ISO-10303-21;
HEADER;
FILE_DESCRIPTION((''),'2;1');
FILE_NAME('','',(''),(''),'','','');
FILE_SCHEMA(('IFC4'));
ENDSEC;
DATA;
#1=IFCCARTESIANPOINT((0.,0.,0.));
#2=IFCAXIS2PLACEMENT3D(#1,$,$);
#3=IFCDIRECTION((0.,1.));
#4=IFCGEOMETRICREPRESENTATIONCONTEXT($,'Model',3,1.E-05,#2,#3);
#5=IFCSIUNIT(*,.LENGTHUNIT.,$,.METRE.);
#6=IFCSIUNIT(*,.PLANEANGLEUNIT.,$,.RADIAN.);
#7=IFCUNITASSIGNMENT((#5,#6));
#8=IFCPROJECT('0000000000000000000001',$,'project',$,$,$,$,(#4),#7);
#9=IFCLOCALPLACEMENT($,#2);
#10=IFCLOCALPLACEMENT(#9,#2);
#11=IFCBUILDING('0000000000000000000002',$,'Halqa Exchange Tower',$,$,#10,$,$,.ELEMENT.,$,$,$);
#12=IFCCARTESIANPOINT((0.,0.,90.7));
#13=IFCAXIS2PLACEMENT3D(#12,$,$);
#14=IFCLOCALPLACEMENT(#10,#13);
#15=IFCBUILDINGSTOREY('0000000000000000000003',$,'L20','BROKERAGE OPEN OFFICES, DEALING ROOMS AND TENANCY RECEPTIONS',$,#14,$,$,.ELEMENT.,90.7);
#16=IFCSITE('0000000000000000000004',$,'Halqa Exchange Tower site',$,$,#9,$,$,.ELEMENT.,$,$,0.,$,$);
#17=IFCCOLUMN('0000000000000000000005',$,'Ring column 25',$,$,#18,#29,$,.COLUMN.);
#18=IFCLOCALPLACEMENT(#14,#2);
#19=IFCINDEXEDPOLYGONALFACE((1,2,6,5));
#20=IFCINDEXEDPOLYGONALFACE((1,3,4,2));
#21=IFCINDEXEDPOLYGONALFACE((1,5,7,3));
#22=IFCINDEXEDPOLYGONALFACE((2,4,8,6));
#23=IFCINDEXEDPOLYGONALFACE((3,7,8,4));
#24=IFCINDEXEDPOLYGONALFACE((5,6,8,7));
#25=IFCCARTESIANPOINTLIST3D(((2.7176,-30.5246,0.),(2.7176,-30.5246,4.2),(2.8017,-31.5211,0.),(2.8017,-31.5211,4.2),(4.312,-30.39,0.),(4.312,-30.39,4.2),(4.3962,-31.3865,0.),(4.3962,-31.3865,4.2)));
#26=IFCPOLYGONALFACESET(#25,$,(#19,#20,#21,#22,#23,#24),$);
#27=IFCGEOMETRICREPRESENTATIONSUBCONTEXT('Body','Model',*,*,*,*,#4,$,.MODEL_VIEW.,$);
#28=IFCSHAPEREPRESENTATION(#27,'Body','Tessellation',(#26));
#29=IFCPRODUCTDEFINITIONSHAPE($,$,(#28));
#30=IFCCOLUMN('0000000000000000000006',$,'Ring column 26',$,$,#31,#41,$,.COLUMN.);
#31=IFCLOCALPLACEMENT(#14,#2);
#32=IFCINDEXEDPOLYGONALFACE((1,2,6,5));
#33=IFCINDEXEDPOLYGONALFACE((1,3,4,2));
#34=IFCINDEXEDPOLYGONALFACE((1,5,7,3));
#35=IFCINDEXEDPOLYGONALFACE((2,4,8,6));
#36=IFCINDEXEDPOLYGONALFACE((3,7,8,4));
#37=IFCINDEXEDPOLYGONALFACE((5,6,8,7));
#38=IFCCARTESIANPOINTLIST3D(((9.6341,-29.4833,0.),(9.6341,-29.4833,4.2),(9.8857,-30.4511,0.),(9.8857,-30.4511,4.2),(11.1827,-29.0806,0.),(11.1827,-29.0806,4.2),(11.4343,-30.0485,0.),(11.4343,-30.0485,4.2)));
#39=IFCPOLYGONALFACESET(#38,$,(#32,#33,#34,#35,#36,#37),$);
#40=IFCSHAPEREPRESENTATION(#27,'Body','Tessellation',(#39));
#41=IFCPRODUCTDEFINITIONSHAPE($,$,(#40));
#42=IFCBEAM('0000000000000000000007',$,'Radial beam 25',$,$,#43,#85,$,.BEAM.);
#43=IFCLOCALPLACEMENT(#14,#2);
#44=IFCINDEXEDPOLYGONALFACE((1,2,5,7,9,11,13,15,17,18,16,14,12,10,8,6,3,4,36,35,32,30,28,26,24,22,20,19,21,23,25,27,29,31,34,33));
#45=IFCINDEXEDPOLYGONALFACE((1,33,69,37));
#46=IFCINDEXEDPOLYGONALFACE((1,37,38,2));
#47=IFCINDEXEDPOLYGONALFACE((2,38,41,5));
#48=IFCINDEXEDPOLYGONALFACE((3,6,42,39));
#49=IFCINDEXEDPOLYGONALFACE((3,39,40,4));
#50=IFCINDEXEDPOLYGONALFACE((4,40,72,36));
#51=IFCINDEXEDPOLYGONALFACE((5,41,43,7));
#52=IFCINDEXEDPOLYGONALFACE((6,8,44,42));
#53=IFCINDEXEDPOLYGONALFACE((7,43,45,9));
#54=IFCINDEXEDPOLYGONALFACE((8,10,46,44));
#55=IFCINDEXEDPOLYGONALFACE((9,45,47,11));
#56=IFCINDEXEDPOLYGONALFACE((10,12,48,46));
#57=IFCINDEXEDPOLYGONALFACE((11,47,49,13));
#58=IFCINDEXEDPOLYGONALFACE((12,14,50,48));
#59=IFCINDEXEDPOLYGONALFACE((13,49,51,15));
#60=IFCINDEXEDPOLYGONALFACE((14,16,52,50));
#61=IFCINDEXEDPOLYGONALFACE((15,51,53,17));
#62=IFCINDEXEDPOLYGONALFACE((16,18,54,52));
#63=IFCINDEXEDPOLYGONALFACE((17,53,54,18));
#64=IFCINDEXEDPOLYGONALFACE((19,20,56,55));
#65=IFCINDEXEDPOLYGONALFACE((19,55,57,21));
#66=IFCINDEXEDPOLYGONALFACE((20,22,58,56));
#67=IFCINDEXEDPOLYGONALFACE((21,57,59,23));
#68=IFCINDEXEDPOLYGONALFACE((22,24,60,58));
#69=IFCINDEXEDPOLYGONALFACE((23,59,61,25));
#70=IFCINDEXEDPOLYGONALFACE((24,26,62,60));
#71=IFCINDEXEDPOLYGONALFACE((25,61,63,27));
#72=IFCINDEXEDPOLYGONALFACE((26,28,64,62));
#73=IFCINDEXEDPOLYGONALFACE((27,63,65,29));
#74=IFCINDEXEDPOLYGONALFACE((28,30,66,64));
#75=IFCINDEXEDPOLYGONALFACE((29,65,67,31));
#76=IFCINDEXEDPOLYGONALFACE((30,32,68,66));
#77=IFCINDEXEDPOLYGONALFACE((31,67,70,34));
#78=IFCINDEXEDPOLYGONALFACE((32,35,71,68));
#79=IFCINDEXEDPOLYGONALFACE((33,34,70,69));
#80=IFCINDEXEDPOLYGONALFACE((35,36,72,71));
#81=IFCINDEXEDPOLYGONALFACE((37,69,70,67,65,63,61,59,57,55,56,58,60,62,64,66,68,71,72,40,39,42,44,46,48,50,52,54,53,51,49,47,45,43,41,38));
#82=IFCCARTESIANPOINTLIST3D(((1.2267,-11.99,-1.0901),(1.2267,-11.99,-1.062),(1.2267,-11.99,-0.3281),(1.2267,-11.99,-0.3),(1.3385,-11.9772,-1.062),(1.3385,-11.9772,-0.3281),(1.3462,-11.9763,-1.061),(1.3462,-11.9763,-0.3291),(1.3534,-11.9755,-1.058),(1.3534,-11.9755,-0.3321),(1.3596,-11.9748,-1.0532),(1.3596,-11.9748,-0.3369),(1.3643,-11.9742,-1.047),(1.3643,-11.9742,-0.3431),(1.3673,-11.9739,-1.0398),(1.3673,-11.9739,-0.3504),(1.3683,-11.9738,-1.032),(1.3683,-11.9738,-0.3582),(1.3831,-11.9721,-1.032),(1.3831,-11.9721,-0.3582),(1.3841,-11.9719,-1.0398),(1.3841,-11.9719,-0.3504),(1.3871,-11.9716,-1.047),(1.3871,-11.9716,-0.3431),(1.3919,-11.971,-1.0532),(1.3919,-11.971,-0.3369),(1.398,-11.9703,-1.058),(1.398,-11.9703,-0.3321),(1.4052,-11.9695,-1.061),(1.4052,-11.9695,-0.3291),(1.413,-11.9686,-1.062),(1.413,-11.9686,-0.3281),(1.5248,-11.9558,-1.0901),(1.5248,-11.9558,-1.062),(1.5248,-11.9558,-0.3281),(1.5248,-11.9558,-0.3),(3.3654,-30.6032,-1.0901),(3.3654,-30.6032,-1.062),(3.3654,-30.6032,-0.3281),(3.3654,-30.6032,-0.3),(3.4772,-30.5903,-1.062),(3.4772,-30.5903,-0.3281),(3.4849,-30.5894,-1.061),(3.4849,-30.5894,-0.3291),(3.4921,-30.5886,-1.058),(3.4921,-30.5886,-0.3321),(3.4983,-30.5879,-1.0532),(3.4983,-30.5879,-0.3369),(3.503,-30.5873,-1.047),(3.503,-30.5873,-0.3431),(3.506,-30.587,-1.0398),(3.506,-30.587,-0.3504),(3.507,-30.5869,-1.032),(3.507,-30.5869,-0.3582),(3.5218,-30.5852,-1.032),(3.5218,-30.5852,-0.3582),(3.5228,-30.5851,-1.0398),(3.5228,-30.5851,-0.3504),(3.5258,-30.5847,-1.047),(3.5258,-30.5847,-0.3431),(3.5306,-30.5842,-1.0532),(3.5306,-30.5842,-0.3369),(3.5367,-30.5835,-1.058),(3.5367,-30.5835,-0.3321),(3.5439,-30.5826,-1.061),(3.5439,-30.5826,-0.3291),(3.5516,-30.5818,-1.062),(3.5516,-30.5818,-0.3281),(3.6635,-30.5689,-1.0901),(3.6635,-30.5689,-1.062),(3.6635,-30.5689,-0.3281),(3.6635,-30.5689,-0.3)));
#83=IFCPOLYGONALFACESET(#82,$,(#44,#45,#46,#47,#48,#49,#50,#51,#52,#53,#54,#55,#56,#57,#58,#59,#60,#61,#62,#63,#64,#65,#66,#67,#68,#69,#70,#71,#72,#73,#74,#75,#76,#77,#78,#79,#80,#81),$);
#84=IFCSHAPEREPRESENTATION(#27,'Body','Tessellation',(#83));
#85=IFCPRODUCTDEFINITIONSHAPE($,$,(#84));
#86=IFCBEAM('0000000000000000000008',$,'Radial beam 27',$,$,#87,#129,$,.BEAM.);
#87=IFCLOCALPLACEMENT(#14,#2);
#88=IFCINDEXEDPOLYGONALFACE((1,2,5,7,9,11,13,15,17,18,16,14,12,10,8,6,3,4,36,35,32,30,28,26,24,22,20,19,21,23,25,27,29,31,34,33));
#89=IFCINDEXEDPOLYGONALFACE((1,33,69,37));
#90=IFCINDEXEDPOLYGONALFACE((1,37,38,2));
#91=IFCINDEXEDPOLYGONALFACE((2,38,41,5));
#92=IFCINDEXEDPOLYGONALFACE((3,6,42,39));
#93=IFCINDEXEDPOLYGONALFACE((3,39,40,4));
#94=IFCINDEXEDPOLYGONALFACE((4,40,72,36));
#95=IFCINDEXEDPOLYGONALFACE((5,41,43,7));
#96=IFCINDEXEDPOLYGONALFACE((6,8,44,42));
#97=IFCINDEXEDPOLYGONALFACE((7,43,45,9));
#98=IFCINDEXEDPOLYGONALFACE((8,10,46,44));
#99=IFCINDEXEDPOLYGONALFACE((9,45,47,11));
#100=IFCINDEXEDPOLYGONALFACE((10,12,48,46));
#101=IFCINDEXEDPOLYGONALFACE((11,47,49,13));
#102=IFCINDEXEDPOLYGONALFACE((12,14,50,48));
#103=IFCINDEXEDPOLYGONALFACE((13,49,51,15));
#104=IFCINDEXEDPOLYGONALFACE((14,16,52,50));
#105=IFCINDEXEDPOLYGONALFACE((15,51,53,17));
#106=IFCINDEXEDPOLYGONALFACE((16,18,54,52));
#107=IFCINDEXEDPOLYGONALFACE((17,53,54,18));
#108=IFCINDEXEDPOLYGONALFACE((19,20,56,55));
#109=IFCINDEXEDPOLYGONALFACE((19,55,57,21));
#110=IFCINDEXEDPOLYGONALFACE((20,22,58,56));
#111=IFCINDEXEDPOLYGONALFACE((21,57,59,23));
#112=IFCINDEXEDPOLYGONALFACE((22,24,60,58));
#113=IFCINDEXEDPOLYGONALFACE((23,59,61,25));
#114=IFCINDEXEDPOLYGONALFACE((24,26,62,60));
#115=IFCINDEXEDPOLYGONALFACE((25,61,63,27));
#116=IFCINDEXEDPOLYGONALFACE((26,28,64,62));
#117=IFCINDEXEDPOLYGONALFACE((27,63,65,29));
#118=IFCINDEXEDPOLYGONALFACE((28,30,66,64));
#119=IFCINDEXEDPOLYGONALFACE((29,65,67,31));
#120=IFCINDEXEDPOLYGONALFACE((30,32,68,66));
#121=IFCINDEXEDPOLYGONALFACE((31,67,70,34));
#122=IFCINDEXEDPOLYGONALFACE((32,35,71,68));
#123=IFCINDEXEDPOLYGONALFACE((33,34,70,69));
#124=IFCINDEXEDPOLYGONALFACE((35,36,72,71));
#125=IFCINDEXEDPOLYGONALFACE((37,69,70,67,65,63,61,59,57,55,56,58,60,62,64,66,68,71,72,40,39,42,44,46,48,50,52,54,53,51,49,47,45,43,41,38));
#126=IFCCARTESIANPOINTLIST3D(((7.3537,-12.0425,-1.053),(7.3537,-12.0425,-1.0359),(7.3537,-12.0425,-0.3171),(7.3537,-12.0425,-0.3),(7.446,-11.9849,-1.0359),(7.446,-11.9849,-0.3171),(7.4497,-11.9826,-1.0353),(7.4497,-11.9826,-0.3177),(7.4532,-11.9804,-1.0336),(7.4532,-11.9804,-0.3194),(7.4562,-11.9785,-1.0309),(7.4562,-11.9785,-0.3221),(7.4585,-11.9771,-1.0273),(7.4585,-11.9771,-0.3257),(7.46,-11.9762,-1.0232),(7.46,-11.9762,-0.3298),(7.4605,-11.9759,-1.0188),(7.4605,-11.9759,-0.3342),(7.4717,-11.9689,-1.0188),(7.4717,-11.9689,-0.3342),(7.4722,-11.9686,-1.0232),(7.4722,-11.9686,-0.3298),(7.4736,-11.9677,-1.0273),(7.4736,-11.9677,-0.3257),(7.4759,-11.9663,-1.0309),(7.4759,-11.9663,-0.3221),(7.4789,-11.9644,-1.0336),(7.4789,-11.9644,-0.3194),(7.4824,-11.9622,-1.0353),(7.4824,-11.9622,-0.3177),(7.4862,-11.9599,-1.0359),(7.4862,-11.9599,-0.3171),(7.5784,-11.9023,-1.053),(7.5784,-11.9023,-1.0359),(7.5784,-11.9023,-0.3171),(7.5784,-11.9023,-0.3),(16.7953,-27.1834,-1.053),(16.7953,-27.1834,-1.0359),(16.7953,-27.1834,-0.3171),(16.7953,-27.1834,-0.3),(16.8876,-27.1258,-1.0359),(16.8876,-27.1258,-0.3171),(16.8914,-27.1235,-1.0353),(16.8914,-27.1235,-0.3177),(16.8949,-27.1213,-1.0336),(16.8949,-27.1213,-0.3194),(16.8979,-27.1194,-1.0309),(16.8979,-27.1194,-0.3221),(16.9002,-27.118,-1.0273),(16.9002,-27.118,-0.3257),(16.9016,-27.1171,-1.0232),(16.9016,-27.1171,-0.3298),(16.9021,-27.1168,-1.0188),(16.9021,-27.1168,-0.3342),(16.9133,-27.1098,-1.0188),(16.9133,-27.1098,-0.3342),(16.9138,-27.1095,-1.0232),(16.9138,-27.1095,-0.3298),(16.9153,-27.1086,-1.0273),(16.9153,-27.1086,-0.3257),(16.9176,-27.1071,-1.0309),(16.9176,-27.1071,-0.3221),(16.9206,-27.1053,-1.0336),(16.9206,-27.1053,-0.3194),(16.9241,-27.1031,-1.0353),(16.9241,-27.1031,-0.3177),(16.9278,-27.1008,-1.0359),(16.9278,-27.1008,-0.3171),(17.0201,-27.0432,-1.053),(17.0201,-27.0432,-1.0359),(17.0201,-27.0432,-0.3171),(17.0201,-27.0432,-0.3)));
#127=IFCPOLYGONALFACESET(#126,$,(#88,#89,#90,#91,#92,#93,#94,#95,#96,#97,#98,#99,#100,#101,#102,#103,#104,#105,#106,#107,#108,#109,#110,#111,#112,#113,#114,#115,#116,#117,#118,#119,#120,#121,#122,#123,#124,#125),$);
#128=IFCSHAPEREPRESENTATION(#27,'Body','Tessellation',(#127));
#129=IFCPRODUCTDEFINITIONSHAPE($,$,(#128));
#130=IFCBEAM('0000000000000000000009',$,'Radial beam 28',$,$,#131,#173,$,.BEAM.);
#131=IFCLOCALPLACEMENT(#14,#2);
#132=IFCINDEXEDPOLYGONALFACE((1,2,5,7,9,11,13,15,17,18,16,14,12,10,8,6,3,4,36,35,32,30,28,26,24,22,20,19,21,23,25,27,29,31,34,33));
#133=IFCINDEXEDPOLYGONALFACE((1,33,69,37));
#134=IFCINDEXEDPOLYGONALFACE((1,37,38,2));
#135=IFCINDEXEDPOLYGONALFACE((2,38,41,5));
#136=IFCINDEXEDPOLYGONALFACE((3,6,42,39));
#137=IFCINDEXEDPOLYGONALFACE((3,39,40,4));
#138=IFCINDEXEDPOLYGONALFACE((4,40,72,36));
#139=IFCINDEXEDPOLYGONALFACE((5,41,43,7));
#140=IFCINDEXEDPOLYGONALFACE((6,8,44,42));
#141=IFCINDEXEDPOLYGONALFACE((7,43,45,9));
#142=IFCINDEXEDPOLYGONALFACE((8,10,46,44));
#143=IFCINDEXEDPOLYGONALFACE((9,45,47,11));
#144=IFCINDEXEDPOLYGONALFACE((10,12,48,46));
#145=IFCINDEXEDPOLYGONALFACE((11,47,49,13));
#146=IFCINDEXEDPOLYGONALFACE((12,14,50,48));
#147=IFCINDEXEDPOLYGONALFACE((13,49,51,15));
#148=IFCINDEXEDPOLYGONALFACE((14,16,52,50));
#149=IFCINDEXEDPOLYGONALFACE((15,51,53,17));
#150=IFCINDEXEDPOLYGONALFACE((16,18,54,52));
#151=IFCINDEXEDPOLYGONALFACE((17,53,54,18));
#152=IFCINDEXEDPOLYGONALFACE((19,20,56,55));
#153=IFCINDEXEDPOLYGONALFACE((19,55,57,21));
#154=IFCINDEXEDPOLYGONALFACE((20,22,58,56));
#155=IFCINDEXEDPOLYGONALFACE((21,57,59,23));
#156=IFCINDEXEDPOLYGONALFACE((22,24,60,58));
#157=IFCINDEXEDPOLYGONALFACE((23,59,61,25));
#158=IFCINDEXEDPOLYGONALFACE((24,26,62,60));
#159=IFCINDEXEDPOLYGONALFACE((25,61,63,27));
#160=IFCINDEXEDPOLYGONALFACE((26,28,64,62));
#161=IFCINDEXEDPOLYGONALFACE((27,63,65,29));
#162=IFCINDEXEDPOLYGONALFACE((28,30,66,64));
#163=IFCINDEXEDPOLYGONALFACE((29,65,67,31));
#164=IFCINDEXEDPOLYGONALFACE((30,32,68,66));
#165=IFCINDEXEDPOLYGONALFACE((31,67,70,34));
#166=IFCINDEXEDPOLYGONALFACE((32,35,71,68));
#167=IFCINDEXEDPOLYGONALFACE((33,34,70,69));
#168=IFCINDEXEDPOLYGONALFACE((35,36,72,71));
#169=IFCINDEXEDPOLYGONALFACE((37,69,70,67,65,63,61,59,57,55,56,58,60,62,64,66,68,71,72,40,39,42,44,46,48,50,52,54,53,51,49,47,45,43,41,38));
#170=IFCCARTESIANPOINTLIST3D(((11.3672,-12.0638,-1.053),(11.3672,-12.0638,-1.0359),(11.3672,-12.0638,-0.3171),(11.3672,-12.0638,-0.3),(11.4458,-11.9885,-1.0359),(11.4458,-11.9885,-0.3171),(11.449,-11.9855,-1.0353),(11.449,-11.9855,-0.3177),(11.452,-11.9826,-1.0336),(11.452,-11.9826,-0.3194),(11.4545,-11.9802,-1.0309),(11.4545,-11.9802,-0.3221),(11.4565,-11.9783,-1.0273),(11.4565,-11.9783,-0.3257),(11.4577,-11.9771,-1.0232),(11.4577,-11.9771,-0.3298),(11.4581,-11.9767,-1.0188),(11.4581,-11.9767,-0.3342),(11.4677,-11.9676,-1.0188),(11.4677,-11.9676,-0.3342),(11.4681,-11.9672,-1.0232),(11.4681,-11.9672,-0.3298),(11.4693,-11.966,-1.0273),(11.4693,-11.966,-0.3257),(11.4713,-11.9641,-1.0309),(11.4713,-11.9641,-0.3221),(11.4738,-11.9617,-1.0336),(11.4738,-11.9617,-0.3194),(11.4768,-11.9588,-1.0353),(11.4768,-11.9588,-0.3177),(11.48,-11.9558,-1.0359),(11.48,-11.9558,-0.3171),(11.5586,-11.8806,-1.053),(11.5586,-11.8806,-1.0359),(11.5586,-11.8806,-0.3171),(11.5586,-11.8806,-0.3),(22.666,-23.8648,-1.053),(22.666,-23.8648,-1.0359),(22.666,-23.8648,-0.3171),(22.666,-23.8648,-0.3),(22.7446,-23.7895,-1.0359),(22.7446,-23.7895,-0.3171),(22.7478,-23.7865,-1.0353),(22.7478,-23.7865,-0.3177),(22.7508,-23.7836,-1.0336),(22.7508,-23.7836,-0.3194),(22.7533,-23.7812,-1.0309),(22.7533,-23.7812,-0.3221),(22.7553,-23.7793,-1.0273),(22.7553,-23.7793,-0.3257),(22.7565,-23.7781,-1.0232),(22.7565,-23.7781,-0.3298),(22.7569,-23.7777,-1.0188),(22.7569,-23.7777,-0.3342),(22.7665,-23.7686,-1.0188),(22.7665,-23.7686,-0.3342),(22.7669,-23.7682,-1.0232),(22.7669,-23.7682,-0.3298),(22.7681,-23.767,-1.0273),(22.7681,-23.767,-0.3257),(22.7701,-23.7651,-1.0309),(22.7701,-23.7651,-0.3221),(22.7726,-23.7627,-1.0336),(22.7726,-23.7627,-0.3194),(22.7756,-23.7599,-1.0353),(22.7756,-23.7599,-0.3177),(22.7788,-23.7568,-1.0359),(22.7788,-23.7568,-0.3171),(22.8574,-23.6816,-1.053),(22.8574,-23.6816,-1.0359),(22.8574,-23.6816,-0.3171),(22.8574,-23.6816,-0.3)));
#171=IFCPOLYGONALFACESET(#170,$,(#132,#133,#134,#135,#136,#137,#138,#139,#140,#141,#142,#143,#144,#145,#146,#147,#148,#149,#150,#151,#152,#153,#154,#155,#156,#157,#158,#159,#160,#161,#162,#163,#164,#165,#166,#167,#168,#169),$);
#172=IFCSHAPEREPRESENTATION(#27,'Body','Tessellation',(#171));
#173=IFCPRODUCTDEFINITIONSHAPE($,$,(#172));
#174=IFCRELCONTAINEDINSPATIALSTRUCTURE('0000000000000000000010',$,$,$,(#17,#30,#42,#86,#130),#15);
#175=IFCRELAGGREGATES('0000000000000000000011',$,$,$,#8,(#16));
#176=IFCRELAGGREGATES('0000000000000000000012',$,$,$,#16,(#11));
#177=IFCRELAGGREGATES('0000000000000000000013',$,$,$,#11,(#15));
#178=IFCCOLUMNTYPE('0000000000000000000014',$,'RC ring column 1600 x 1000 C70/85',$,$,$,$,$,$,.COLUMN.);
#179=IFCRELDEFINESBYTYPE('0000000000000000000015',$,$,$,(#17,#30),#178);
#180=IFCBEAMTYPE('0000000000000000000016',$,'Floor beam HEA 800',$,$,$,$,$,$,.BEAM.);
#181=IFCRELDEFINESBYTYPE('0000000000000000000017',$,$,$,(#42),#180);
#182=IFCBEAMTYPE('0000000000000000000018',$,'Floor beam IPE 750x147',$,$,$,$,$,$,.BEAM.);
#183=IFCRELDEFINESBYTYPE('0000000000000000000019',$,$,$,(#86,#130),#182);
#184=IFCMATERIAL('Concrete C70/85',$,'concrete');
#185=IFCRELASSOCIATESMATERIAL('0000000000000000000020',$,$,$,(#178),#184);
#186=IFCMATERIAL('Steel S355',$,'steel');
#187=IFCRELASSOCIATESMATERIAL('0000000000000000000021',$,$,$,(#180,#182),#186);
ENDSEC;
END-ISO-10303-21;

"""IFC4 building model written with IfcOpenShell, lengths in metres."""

from ifc_helpers import new_model, si_unit, direction, frame, origin, origin_2d, place, context, subcontext, project, spatial, rectangle, i_section, extrude, material, material_profile, profile_set, type_object, element, save


model = new_model("IFC4")

# Units and contexts
model_context = context("Model", 3, precision=1e-05, world=origin(), true_north=direction((0.0, 1.0)))
body_context = subcontext(model_context, "Body", "Model", "MODEL_VIEW")
ifc_project = project(units=[si_unit("LENGTHUNIT", "METRE"), si_unit("PLANEANGLEUNIT", "RADIAN")], contexts=[model_context])

# Site, building, storey
site_placement = place(None, origin())
site = spatial("IfcSite", under=ifc_project, at=site_placement, Name="Halqa Exchange Tower site", CompositionType="ELEMENT", RefElevation=0.0)
building_placement = place(site_placement, origin())
building = spatial("IfcBuilding", under=site, at=building_placement, Name="Halqa Exchange Tower", CompositionType="ELEMENT")
storey_placement = place(building_placement, frame((0.0, 0.0, 90.7)))
storey = spatial("IfcBuildingStorey", under=building, at=storey_placement, Name="L20", Description="BROKERAGE OPEN OFFICES, DEALING ROOMS AND TENANCY RECEPTIONS", CompositionType="ELEMENT", Elevation=90.7)

# Columns
ifc_material_1 = material(Name="Concrete C70/85", Category="concrete")
ifc_material_profile_1 = material_profile(ifc_material_1, rectangle(XDim=1.6001, YDim=1.0, at=origin_2d()), Name="1600 x 1000")
ifc_profile_set_1 = profile_set([ifc_material_profile_1], Name="Concrete C70/85")
column_type = type_object("IfcColumnType", Name="RC ring column 1600 x 1000 C70/85", PredefinedType="COLUMN", material=ifc_profile_set_1)
for number, where, z_axis, x_axis, name in (
    (1, (3.5569, -30.9556, 0.0), (0.0, 0.0, 1.0), (0.996456, 0.084121, 0.0), "Ring column 25"),
    (2, (10.5342, -29.7659, 0.0), (0.0, 0.0, 1.0), (0.96782, 0.251644, 0.0), "Ring column 26"),
):
    element("IfcColumn", number, at=place(storey_placement, frame(where, z_axis=z_axis, x_axis=x_axis)), inside=storey, type_object=column_type, Name=name, PredefinedType="COLUMN", context=body_context, shape_type="SweptSolid", body=[
        extrude(rectangle(XDim=1.6001, YDim=1.0, at=origin_2d()), origin(), (0.0, 0.0, 1.0), 4.2),
    ])

# Beams
ifc_material_2 = material(Name="Steel S355", Category="steel")
ifc_material_profile_2 = material_profile(ifc_material_2, i_section(OverallWidth=0.3, OverallDepth=0.79, WebThickness=0.0149, FlangeThickness=0.0281, FilletRadius=0.03, at=origin_2d()), Name="HEA 800")
ifc_profile_set_2 = profile_set([ifc_material_profile_2], Name="Steel S355")
beam_type_1 = type_object("IfcBeamType", Name="Floor beam HEA 800", PredefinedType="BEAM", material=ifc_profile_set_2)
beam_1_placement = place(storey_placement, frame((1.3757, -11.9729, -0.6951), z_axis=(0.114151, -0.993463, 0.0), x_axis=(0.993463, 0.114151, 0.0)))
element("IfcBeam", 3, at=beam_1_placement, inside=storey, type_object=beam_type_1, Name="Radial beam 25", PredefinedType="BEAM", context=body_context, shape_type="SweptSolid", body=[
    extrude(i_section(OverallWidth=0.3, OverallDepth=0.79, WebThickness=0.0149, FlangeThickness=0.0281, FilletRadius=0.03, at=origin_2d()), origin(), (0.0, 0.0, 1.0), 18.7356),
])
ifc_material_profile_3 = material_profile(ifc_material_2, i_section(OverallWidth=0.2649, OverallDepth=0.7529, WebThickness=0.0132, FlangeThickness=0.0171, FilletRadius=0.0171, at=origin_2d()), Name="IPE 750x147")
ifc_profile_set_3 = profile_set([ifc_material_profile_3], Name="Steel S355")
beam_type_2 = type_object("IfcBeamType", Name="Floor beam IPE 750x147", PredefinedType="BEAM", material=ifc_profile_set_3)
beam_2_placement = place(storey_placement, frame((7.4661, -11.9724, -0.6765), z_axis=(0.529137, -0.848537, 0.0), x_axis=(0.848537, 0.529137, 0.0)))
element("IfcBeam", 4, at=beam_2_placement, inside=storey, type_object=beam_type_2, Name="Radial beam 27", PredefinedType="BEAM", context=body_context, shape_type="SweptSolid", body=[
    extrude(i_section(OverallWidth=0.2649, OverallDepth=0.7529, WebThickness=0.0132, FlangeThickness=0.0171, FilletRadius=0.0171, at=origin_2d()), origin(), (0.0, 0.0, 1.0), 17.8435),
])
beam_3_placement = place(storey_placement, frame((11.4629, -11.9722, -0.6765), z_axis=(0.691571, -0.722309, 0.0), x_axis=(0.722309, 0.691571, 0.0)))
element("IfcBeam", 5, at=beam_3_placement, inside=storey, type_object=beam_type_2, Name="Radial beam 28", PredefinedType="BEAM", context=body_context, shape_type="SweptSolid", body=[
    extrude(i_section(OverallWidth=0.2649, OverallDepth=0.7529, WebThickness=0.0132, FlangeThickness=0.0171, FilletRadius=0.0171, at=origin_2d()), origin(), (0.0, 0.0, 1.0), 16.3379),
])

save(model, "model.ifc")
